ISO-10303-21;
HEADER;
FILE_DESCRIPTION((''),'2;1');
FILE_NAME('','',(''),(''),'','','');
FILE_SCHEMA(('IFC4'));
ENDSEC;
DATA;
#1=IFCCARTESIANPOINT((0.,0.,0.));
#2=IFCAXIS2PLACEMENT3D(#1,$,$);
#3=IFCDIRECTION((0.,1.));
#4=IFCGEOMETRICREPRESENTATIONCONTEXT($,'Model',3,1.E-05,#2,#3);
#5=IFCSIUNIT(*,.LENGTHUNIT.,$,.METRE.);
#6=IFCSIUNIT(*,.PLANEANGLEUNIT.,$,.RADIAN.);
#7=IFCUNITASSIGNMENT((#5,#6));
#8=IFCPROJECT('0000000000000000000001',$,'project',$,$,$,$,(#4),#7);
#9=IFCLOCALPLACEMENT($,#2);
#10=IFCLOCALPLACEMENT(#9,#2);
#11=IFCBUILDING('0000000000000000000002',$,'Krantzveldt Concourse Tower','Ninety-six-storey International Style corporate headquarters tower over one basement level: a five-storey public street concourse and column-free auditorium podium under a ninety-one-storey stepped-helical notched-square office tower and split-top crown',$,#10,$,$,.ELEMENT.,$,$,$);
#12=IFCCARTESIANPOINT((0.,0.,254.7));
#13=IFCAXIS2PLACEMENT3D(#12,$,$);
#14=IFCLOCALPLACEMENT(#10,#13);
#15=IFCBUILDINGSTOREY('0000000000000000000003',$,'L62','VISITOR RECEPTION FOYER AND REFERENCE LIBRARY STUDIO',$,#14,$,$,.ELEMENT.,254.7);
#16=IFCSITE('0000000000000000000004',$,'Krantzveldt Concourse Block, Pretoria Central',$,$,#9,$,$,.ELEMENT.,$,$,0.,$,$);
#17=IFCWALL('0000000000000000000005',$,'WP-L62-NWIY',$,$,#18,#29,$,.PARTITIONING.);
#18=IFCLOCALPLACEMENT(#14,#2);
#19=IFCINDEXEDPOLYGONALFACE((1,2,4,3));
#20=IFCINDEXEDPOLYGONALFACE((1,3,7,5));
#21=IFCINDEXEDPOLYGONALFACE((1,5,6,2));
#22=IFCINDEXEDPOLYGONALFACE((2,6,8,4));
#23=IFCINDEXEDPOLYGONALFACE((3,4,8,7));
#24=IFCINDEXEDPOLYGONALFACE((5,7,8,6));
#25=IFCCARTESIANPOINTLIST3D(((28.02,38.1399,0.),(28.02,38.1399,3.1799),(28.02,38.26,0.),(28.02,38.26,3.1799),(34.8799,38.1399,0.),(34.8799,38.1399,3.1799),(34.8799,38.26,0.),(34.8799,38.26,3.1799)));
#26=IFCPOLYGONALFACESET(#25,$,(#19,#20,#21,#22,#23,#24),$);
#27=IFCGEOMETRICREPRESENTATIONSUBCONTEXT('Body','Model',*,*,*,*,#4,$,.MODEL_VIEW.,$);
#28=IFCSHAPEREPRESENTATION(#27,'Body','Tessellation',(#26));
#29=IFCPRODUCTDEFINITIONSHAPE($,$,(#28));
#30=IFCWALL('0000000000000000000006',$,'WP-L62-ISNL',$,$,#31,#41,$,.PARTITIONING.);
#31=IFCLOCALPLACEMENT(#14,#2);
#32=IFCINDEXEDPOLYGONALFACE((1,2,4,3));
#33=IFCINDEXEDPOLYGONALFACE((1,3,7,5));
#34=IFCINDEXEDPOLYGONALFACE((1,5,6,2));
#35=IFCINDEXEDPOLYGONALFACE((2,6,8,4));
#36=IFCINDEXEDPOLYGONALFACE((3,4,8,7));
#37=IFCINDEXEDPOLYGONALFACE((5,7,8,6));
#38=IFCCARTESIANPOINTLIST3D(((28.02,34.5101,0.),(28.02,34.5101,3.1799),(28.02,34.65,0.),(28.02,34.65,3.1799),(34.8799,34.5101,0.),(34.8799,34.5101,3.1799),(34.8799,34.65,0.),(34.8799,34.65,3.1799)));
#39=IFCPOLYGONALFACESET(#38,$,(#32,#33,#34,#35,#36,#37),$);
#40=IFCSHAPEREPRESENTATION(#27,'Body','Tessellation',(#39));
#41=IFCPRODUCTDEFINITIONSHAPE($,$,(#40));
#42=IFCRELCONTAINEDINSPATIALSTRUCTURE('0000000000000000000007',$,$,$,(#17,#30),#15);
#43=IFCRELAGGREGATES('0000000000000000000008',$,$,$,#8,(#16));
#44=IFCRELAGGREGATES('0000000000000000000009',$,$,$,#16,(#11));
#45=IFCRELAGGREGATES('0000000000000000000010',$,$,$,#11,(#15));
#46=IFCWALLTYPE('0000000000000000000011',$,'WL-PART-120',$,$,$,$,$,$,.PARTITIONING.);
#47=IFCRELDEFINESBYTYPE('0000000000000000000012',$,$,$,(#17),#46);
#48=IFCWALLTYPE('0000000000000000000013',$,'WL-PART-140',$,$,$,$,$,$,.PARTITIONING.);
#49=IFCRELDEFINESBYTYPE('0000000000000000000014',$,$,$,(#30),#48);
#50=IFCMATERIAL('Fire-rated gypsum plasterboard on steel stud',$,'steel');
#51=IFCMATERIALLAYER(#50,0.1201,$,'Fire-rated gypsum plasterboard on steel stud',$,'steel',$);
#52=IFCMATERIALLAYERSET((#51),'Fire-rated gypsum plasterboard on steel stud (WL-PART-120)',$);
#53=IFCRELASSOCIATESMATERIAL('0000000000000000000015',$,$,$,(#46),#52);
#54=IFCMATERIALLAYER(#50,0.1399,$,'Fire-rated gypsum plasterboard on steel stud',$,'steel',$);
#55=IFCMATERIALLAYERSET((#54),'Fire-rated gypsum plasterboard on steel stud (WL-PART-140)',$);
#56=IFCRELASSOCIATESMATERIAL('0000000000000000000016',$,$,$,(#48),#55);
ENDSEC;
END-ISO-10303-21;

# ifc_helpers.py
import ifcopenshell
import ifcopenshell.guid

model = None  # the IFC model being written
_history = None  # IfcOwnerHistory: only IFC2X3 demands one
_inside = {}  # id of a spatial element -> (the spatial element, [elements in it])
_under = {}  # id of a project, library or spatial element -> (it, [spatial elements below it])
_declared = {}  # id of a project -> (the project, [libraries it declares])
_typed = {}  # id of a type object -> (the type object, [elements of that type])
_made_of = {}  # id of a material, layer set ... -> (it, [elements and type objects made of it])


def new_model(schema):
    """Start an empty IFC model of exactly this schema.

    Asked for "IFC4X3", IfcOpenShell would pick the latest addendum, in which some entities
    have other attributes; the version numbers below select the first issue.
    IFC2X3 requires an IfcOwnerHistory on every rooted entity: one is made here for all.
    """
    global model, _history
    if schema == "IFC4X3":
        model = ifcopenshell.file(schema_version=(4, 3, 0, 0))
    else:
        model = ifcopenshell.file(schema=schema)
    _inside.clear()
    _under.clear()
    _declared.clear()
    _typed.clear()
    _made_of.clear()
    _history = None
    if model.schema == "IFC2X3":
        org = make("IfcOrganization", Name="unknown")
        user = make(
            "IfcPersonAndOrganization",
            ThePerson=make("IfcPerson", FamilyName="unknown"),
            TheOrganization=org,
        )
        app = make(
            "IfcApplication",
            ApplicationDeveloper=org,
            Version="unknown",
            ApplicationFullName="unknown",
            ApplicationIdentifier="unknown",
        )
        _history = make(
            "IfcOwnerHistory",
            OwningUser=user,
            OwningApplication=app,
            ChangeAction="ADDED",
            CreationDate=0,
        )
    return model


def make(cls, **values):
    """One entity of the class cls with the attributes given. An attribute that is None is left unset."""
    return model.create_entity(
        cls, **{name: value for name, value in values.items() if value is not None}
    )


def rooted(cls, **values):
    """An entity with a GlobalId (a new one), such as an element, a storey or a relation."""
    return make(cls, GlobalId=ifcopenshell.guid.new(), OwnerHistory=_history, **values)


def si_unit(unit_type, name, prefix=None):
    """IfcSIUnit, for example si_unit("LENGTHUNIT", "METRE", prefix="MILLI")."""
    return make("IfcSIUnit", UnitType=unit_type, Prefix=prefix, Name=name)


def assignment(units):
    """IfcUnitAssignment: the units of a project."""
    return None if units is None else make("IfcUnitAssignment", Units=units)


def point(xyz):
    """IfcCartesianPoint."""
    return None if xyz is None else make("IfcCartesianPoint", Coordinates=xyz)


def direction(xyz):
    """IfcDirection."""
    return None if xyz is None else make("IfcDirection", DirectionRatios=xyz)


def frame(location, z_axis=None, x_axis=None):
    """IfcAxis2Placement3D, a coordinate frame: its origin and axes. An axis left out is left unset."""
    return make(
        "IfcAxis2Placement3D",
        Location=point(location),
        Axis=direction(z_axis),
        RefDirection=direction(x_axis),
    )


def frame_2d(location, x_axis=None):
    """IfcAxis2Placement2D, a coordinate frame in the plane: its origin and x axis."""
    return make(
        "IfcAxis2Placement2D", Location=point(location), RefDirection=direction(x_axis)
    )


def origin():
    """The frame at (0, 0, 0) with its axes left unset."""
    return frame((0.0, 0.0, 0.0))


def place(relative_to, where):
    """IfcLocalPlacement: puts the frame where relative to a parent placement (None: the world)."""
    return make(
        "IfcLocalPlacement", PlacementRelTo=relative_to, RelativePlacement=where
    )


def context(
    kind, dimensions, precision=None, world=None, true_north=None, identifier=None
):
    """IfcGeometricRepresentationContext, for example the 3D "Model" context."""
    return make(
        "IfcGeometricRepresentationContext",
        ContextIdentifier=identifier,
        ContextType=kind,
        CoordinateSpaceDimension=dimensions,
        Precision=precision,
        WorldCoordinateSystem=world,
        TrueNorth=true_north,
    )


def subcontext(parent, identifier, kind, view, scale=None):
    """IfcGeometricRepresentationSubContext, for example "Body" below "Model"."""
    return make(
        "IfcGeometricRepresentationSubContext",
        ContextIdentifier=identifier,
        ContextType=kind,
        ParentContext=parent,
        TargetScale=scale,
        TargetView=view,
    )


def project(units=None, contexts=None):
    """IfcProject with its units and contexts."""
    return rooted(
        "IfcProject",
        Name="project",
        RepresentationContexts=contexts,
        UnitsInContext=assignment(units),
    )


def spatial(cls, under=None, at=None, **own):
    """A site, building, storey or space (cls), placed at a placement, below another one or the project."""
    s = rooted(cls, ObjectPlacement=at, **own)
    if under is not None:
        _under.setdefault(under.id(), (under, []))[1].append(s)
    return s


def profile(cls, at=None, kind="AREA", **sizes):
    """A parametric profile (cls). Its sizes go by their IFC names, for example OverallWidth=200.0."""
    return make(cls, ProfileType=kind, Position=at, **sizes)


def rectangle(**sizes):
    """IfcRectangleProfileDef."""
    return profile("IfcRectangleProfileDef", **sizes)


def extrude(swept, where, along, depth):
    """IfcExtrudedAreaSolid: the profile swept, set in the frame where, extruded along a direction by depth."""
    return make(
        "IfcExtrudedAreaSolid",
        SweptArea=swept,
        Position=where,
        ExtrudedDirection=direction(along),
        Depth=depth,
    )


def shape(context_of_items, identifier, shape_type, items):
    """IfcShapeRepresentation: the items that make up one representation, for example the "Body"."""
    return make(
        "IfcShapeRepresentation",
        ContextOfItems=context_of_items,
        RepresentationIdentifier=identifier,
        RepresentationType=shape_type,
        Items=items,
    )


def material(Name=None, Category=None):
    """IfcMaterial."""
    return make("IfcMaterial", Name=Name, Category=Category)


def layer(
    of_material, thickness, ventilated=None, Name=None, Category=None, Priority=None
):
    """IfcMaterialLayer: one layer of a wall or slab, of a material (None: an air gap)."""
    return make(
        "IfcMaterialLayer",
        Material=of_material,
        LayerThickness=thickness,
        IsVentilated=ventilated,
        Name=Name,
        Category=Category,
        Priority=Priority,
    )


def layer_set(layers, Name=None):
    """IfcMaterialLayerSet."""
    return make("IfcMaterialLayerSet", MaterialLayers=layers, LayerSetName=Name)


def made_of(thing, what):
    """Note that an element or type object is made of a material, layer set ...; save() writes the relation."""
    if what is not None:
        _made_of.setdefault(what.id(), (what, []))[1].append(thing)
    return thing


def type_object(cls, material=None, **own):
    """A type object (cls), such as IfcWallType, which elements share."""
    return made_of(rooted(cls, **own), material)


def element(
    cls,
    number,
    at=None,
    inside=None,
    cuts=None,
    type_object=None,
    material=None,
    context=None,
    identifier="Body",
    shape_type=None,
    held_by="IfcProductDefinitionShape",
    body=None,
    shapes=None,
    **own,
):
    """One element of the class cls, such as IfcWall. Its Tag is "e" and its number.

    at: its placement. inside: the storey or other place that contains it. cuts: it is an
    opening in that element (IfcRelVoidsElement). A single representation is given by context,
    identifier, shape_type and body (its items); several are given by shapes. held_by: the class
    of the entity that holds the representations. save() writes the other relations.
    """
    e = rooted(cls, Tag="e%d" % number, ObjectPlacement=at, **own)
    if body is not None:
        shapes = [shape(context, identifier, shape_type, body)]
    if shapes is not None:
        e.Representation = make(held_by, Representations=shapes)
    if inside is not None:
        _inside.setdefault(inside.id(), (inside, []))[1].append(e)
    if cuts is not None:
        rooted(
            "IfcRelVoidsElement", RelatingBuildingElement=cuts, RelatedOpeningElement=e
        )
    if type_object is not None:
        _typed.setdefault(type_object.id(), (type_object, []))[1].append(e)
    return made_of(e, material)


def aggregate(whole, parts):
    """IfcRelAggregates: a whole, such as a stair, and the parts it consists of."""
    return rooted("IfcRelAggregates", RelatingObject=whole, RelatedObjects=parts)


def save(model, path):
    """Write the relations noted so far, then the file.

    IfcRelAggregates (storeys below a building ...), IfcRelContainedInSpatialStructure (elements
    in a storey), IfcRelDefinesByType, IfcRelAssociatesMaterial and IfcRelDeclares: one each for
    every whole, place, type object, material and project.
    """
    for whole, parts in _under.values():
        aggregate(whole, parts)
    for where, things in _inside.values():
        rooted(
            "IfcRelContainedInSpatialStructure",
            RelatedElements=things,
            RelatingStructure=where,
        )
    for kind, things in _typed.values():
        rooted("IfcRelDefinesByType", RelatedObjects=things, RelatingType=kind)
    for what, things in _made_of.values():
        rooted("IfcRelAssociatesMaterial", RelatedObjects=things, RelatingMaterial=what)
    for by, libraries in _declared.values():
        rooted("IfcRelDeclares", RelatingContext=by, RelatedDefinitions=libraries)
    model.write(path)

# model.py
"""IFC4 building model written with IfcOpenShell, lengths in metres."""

from ifc_helpers import new_model, si_unit, direction, frame, frame_2d, origin, place, context, subcontext, project, spatial, rectangle, extrude, material, layer, layer_set, type_object, element, save


model = new_model("IFC4")

# Units and contexts
model_context = context("Model", 3, precision=1e-05, world=origin(), true_north=direction((0.0, 1.0)))
body_context = subcontext(model_context, "Body", "Model", "MODEL_VIEW")
ifc_project = project(units=[si_unit("LENGTHUNIT", "METRE"), si_unit("PLANEANGLEUNIT", "RADIAN")], contexts=[model_context])

# Site, building, storey
site_placement = place(None, origin())
site = spatial("IfcSite", under=ifc_project, at=site_placement, Name="Krantzveldt Concourse Block, Pretoria Central", CompositionType="ELEMENT", RefElevation=0.0)
building_placement = place(site_placement, origin())
building = spatial("IfcBuilding", under=site, at=building_placement, Name="Krantzveldt Concourse Tower", Description="Ninety-six-storey International Style corporate headquarters tower over one basement level: a five-storey public street concourse and column-free auditorium podium under a ninety-one-storey stepped-helical notched-square office tower and split-top crown", CompositionType="ELEMENT")
storey_placement = place(building_placement, frame((0.0, 0.0, 254.7)))
storey = spatial("IfcBuildingStorey", under=building, at=storey_placement, Name="L62", Description="VISITOR RECEPTION FOYER AND REFERENCE LIBRARY STUDIO", CompositionType="ELEMENT", Elevation=254.7)

# Walls
ifc_material_1 = material(Name="Fire-rated gypsum plasterboard on steel stud", Category="steel")
ifc_layer_1 = layer(ifc_material_1, 0.1201, Name="Fire-rated gypsum plasterboard on steel stud", Category="steel")
ifc_layer_set_1 = layer_set([ifc_layer_1], Name="Fire-rated gypsum plasterboard on steel stud (WL-PART-120)")
wall_type_1 = type_object("IfcWallType", Name="WL-PART-120", PredefinedType="PARTITIONING", material=ifc_layer_set_1)
wall_1_placement = place(storey_placement, frame((28.02, 38.2, 0.0), z_axis=(0.0, 0.0, 1.0), x_axis=(1.0, 0.0, 0.0)))
element("IfcWall", 1, at=wall_1_placement, inside=storey, type_object=wall_type_1, Name="WP-L62-NWIY", PredefinedType="PARTITIONING", context=body_context, shape_type="SweptSolid", body=[
    extrude(rectangle(XDim=6.8599, YDim=0.1201, at=frame_2d((3.4299, 0.0))), origin(), (0.0, 0.0, 1.0), 3.1799),
])
ifc_layer_2 = layer(ifc_material_1, 0.1399, Name="Fire-rated gypsum plasterboard on steel stud", Category="steel")
ifc_layer_set_2 = layer_set([ifc_layer_2], Name="Fire-rated gypsum plasterboard on steel stud (WL-PART-140)")
wall_type_2 = type_object("IfcWallType", Name="WL-PART-140", PredefinedType="PARTITIONING", material=ifc_layer_set_2)
wall_2_placement = place(storey_placement, frame((28.02, 34.5801, 0.0), z_axis=(0.0, 0.0, 1.0), x_axis=(1.0, 0.0, 0.0)))
element("IfcWall", 2, at=wall_2_placement, inside=storey, type_object=wall_type_2, Name="WP-L62-ISNL", PredefinedType="PARTITIONING", context=body_context, shape_type="SweptSolid", body=[
    extrude(rectangle(XDim=6.8599, YDim=0.1399, at=frame_2d((3.4299, 0.0))), origin(), (0.0, 0.0, 1.0), 3.1799),
])

save(model, "model.ifc")
